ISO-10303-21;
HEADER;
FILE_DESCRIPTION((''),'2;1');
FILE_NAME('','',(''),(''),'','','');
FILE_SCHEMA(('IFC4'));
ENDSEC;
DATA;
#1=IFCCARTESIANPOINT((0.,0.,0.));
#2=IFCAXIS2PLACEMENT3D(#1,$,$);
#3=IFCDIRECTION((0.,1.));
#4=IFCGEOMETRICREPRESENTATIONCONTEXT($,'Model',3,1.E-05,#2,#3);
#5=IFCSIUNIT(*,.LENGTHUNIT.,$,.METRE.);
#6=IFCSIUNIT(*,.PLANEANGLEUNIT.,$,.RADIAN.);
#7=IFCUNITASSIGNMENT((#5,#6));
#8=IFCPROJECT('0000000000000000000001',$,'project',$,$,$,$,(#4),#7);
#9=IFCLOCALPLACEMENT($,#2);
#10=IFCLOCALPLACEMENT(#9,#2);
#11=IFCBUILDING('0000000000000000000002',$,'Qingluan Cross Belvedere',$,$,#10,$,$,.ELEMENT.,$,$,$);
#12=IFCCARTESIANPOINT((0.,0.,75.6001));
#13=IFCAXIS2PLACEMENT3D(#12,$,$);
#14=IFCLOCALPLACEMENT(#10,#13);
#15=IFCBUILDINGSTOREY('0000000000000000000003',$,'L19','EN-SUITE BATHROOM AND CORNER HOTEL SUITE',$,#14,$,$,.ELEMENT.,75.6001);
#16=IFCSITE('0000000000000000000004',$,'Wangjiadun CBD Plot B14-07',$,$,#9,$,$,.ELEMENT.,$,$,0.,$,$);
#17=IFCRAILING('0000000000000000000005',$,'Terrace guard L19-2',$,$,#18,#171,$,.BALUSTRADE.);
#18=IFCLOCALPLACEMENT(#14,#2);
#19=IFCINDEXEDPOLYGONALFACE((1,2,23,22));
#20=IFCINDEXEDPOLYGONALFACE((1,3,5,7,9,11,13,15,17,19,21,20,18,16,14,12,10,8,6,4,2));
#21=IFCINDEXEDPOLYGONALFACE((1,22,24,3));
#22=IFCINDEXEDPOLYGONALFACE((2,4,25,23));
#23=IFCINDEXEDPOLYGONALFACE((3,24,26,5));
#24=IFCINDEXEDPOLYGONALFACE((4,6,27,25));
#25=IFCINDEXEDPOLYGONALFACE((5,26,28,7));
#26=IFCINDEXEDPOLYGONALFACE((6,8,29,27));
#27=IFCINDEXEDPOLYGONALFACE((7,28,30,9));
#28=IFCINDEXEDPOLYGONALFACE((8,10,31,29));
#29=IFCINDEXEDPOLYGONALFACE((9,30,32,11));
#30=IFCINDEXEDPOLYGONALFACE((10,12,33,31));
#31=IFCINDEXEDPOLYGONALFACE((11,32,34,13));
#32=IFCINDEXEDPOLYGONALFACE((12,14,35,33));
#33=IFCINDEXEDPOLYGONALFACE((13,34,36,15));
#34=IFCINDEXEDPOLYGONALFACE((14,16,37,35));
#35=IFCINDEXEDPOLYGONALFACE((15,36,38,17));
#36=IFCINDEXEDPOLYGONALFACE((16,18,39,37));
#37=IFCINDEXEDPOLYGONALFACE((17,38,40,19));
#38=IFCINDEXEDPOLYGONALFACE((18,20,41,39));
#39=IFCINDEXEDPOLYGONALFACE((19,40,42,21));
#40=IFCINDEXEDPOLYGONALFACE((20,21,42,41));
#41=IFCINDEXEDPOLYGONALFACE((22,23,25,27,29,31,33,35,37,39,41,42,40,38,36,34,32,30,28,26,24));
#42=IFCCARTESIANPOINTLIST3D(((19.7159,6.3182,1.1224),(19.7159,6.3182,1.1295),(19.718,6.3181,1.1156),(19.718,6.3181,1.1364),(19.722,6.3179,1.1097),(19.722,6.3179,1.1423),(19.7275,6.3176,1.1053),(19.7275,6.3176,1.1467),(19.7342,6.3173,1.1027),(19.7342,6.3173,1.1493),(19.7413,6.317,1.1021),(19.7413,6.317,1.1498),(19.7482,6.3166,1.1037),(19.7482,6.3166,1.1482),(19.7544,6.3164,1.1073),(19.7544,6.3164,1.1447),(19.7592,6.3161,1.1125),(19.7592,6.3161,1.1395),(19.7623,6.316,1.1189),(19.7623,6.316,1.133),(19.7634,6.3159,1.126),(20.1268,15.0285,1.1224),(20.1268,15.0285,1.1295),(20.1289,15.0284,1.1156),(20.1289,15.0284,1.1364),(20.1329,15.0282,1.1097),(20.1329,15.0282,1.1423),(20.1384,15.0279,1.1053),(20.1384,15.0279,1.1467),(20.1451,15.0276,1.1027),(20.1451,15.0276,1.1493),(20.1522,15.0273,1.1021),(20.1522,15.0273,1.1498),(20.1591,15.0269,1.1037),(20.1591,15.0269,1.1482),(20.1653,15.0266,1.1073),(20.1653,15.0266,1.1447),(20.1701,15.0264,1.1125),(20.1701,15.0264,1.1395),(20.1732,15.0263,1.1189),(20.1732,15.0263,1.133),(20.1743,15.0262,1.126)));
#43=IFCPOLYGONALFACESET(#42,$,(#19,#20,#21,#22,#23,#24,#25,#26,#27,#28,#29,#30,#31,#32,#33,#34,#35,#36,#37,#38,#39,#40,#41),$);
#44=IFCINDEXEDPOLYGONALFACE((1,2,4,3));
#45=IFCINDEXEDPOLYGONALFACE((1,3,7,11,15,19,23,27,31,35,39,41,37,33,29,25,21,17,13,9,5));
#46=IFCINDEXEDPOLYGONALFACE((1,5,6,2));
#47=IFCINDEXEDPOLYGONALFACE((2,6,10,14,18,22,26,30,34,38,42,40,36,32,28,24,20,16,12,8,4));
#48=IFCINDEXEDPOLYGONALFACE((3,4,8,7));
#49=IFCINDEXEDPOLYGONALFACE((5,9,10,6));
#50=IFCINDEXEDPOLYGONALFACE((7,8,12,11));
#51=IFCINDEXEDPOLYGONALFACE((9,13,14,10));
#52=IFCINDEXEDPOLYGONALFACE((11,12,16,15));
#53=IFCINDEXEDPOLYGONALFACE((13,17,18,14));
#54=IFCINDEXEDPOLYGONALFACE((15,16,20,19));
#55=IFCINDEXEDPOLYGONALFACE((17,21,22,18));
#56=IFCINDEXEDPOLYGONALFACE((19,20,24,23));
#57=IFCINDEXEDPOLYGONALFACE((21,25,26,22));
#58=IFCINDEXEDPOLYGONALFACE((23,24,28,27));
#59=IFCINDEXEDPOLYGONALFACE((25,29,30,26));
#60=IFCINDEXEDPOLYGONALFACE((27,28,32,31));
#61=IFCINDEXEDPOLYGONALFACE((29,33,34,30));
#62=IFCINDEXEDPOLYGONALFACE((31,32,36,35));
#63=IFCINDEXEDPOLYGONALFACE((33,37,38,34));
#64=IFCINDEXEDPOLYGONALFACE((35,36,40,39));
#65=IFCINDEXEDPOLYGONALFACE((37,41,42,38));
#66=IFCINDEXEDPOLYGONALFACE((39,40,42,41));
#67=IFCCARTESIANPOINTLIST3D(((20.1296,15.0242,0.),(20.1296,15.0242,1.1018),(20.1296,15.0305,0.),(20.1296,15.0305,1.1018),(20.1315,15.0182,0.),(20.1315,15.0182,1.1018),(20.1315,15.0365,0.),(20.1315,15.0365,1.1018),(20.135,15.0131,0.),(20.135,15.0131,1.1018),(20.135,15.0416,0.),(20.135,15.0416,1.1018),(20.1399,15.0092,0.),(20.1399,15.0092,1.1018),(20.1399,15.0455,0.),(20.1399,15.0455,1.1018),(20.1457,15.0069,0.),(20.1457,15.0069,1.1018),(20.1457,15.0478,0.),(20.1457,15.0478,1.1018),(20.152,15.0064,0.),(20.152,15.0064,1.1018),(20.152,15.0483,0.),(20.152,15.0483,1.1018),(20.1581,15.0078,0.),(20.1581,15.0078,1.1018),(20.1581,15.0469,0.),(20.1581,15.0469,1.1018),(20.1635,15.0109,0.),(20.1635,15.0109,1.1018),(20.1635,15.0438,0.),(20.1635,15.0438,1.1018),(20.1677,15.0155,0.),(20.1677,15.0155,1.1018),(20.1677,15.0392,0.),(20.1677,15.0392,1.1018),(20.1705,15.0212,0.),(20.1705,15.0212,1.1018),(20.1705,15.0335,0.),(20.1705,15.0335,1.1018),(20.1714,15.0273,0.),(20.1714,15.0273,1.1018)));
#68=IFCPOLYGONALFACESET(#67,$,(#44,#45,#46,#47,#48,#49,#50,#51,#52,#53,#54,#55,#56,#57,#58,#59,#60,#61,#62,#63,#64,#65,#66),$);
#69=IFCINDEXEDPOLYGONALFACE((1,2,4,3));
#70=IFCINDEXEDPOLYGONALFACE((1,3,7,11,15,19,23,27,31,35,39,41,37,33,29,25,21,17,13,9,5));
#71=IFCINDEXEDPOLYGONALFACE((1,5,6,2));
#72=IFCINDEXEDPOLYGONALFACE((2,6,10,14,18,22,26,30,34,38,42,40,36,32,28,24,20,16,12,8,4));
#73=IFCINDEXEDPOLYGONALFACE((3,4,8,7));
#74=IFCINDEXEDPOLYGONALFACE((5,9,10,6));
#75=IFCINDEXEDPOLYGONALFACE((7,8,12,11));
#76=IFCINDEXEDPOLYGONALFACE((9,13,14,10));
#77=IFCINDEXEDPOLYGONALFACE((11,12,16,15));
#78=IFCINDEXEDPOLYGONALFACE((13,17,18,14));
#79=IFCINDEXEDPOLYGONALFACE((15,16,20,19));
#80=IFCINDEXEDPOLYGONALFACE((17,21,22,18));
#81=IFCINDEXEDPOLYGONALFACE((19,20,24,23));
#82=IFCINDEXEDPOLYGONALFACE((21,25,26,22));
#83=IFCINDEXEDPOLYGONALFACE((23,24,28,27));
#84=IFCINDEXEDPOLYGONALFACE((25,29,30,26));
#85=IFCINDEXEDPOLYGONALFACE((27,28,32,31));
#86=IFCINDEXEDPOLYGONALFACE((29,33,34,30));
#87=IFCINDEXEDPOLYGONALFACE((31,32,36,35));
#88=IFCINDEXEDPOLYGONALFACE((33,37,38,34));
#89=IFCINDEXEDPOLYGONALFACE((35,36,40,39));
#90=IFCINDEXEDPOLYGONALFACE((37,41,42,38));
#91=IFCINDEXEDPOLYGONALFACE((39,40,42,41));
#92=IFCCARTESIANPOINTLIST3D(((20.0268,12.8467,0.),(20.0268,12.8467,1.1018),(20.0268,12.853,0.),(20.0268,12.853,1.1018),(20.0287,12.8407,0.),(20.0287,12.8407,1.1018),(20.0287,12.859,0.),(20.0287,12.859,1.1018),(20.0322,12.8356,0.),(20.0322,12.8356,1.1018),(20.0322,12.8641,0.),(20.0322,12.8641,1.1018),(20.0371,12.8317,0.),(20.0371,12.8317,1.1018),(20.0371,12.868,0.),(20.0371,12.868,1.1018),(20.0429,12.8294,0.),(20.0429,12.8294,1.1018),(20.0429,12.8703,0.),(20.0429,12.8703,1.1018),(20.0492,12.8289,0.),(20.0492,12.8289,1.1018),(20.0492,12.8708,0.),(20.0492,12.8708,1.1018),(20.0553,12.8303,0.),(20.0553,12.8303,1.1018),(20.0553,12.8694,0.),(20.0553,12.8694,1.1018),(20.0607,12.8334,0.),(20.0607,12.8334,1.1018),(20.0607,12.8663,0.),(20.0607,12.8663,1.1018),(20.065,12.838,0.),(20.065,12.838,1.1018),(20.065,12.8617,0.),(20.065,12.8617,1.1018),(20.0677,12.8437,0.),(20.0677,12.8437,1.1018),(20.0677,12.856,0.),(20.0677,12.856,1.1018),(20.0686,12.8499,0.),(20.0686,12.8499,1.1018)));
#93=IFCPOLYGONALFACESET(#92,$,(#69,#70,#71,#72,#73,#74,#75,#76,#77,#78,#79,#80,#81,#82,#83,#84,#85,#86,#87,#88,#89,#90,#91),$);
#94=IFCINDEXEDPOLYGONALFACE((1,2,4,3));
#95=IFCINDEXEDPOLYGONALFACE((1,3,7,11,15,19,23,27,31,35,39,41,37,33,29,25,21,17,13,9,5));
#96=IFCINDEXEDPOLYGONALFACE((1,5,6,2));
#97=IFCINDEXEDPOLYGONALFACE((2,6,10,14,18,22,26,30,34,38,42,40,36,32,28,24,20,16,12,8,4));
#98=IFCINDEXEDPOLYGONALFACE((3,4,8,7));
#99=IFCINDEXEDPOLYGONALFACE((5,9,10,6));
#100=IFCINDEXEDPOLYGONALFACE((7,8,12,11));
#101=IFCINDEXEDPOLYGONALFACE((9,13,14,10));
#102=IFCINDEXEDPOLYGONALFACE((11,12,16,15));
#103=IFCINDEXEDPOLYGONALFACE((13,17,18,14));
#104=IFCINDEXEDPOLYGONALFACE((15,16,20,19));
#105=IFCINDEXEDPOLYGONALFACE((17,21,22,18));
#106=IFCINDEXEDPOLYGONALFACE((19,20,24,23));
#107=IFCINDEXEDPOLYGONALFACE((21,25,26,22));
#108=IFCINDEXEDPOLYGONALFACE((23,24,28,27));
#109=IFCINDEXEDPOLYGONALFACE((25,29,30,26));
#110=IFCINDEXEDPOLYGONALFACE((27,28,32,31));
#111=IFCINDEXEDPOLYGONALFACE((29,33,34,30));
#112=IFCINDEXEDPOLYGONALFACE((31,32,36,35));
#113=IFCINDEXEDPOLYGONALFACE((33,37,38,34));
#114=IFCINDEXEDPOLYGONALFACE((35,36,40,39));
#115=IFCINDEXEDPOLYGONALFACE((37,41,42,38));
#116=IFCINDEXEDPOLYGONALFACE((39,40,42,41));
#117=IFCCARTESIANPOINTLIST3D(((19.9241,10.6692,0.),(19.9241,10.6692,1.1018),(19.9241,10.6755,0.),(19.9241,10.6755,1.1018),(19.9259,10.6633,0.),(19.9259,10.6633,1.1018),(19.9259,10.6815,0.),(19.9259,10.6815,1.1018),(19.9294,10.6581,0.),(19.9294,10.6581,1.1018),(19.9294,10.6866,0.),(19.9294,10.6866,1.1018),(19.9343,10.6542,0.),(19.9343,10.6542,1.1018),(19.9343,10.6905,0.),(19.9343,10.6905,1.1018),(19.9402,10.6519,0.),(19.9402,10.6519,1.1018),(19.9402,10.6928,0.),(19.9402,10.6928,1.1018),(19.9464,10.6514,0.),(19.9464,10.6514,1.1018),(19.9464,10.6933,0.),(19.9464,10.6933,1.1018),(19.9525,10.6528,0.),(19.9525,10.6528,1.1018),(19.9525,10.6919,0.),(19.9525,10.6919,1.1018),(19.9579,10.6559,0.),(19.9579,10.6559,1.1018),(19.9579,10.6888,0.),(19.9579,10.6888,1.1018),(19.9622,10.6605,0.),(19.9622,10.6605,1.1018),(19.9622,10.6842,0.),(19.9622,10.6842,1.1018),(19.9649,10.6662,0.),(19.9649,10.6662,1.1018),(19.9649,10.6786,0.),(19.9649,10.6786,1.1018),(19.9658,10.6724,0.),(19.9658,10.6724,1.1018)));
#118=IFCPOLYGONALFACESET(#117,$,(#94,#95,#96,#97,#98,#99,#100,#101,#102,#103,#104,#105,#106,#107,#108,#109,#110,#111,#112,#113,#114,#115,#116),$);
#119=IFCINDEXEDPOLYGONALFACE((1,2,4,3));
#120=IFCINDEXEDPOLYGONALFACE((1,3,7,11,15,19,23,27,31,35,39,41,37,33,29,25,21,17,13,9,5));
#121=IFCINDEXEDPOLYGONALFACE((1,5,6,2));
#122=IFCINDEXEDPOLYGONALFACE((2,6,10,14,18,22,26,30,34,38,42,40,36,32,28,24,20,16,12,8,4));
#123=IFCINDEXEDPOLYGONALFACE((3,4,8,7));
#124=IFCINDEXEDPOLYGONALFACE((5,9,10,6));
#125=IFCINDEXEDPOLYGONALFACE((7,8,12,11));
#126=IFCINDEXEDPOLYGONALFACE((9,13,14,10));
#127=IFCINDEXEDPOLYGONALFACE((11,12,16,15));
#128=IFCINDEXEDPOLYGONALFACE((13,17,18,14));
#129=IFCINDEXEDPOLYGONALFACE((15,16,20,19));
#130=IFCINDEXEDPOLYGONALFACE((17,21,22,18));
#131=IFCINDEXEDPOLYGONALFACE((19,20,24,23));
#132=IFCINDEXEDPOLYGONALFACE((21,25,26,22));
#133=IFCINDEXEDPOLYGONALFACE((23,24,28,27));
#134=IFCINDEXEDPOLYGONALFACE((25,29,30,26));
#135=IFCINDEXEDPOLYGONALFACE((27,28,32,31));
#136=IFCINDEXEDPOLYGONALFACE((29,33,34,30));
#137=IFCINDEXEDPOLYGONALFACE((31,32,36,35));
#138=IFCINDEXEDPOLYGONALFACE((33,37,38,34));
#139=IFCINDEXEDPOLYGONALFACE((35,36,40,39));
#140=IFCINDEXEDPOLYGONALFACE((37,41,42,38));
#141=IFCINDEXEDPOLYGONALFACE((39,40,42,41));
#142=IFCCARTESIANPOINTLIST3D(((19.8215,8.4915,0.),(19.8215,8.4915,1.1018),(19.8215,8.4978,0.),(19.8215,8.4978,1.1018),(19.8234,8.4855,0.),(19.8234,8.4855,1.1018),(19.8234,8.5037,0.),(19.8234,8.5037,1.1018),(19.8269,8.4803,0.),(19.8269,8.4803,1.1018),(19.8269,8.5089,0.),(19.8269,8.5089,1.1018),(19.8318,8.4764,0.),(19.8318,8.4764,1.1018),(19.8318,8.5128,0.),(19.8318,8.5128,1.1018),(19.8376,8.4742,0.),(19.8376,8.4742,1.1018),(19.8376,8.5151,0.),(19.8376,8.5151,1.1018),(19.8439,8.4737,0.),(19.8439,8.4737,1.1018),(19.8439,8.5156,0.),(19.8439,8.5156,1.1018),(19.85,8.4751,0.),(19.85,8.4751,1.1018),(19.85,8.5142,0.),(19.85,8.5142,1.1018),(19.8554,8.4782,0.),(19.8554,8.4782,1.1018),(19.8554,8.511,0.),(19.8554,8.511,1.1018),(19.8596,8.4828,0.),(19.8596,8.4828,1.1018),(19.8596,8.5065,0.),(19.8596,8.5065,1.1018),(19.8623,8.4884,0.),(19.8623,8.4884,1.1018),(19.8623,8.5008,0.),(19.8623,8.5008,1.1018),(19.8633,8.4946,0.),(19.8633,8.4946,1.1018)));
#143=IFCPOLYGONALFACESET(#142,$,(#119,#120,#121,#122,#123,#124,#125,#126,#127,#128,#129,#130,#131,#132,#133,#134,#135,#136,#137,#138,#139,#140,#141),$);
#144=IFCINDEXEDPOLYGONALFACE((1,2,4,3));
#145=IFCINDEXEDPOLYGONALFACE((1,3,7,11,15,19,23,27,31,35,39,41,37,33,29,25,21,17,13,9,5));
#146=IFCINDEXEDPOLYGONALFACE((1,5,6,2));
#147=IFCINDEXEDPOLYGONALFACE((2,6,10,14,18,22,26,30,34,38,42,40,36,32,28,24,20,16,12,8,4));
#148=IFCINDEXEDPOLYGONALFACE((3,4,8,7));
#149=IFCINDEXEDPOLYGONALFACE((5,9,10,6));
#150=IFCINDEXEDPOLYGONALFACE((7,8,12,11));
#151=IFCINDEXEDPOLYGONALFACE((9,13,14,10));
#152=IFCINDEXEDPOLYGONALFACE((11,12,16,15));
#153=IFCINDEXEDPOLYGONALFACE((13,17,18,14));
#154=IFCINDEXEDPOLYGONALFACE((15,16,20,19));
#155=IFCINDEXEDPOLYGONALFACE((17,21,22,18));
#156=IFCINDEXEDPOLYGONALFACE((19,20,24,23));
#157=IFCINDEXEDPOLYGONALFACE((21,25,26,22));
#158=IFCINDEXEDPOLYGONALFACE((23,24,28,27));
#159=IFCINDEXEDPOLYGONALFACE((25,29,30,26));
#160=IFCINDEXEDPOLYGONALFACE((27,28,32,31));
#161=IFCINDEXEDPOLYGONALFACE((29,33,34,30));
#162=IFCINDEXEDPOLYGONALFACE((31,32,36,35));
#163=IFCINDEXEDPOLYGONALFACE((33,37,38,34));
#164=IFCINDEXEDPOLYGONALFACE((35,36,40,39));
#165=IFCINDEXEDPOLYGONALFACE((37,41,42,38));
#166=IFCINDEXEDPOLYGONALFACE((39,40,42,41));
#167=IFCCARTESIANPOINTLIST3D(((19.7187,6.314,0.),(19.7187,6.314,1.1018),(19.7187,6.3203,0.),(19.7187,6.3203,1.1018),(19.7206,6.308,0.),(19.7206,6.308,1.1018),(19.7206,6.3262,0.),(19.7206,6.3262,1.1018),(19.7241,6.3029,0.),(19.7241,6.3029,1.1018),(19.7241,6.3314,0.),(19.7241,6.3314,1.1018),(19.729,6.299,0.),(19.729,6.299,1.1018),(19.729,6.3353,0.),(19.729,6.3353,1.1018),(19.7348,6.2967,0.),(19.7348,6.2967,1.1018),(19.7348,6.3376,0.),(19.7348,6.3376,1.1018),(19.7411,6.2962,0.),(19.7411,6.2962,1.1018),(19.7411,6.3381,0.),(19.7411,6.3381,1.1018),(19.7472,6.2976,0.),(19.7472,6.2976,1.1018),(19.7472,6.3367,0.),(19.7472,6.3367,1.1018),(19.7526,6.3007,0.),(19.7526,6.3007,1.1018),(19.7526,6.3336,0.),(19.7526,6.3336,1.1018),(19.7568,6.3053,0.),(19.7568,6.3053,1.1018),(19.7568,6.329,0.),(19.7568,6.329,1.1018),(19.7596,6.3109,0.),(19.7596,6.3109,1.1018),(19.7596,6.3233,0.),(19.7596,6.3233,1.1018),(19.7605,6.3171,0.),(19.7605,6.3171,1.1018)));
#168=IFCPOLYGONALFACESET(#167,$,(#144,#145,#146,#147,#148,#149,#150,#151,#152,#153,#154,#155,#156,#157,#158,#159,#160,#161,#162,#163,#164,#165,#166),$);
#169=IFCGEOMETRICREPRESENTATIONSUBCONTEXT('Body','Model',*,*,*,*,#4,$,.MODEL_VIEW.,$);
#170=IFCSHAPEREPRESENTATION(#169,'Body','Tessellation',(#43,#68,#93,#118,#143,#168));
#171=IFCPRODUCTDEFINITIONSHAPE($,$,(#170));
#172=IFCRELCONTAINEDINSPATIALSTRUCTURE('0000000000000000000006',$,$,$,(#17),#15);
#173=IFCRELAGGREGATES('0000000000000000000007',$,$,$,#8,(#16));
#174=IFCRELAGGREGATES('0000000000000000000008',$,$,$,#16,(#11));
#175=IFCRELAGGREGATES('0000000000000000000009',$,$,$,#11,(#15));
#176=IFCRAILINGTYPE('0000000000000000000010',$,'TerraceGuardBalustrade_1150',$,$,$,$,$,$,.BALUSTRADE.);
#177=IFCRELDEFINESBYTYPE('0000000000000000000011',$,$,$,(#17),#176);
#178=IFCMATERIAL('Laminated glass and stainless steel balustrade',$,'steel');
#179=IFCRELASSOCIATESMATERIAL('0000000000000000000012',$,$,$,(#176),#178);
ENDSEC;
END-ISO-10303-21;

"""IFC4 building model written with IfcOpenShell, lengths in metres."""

from ifc_helpers import new_model, si_unit, direction, frame, origin, origin_2d, place, context, subcontext, project, spatial, circle, extrude, material, type_object, element, save


model = new_model("IFC4")

# Units and contexts
model_context = context("Model", 3, precision=1e-05, world=origin(), true_north=direction((0.0, 1.0)))
body_context = subcontext(model_context, "Body", "Model", "MODEL_VIEW")
ifc_project = project(units=[si_unit("LENGTHUNIT", "METRE"), si_unit("PLANEANGLEUNIT", "RADIAN")], contexts=[model_context])

# Site, building, storey
site_placement = place(None, origin())
site = spatial("IfcSite", under=ifc_project, at=site_placement, Name="Wangjiadun CBD Plot B14-07", CompositionType="ELEMENT", RefElevation=0.0)
building_placement = place(site_placement, origin())
building = spatial("IfcBuilding", under=site, at=building_placement, Name="Qingluan Cross Belvedere", CompositionType="ELEMENT")
storey_placement = place(building_placement, frame((0.0, 0.0, 75.6001)))
storey = spatial("IfcBuildingStorey", under=building, at=storey_placement, Name="L19", Description="EN-SUITE BATHROOM AND CORNER HOTEL SUITE", CompositionType="ELEMENT", Elevation=75.6001)

# Railing
ifc_material_1 = material(Name="Laminated glass and stainless steel balustrade", Category="steel")
railing_type = type_object("IfcRailingType", Name="TerraceGuardBalustrade_1150", PredefinedType="BALUSTRADE", material=ifc_material_1)
railing_1_placement = place(storey_placement, frame((20.1504, 15.0273, 0.0)))
element("IfcRailing", 1, at=railing_1_placement, inside=storey, type_object=railing_type, Name="Terrace guard L19-2", PredefinedType="BALUSTRADE", context=body_context, shape_type="SweptSolid", body=[
    extrude(circle(Radius=0.0239, at=origin_2d()), frame((0.0, 0.0, 1.126), z_axis=(-0.047121, -0.998889, 0.0), x_axis=(0.998889, -0.047121, 0.0)), (0.0, 0.0, 1.0), 8.72),
    extrude(circle(Radius=0.021, at=origin_2d()), origin(), (0.0, 0.0, 1.0), 1.1018),
    extrude(circle(Radius=0.021, at=origin_2d()), frame((-0.1028, -2.1775, 0.0)), (0.0, 0.0, 1.0), 1.1018),
    extrude(circle(Radius=0.021, at=origin_2d()), frame((-0.2056, -4.355, 0.0)), (0.0, 0.0, 1.0), 1.1018),
    extrude(circle(Radius=0.021, at=origin_2d()), frame((-0.3081, -6.5327, 0.0)), (0.0, 0.0, 1.0), 1.1018),
    extrude(circle(Radius=0.021, at=origin_2d()), frame((-0.4109, -8.7102, 0.0)), (0.0, 0.0, 1.0), 1.1018),
])

save(model, "model.ifc")
